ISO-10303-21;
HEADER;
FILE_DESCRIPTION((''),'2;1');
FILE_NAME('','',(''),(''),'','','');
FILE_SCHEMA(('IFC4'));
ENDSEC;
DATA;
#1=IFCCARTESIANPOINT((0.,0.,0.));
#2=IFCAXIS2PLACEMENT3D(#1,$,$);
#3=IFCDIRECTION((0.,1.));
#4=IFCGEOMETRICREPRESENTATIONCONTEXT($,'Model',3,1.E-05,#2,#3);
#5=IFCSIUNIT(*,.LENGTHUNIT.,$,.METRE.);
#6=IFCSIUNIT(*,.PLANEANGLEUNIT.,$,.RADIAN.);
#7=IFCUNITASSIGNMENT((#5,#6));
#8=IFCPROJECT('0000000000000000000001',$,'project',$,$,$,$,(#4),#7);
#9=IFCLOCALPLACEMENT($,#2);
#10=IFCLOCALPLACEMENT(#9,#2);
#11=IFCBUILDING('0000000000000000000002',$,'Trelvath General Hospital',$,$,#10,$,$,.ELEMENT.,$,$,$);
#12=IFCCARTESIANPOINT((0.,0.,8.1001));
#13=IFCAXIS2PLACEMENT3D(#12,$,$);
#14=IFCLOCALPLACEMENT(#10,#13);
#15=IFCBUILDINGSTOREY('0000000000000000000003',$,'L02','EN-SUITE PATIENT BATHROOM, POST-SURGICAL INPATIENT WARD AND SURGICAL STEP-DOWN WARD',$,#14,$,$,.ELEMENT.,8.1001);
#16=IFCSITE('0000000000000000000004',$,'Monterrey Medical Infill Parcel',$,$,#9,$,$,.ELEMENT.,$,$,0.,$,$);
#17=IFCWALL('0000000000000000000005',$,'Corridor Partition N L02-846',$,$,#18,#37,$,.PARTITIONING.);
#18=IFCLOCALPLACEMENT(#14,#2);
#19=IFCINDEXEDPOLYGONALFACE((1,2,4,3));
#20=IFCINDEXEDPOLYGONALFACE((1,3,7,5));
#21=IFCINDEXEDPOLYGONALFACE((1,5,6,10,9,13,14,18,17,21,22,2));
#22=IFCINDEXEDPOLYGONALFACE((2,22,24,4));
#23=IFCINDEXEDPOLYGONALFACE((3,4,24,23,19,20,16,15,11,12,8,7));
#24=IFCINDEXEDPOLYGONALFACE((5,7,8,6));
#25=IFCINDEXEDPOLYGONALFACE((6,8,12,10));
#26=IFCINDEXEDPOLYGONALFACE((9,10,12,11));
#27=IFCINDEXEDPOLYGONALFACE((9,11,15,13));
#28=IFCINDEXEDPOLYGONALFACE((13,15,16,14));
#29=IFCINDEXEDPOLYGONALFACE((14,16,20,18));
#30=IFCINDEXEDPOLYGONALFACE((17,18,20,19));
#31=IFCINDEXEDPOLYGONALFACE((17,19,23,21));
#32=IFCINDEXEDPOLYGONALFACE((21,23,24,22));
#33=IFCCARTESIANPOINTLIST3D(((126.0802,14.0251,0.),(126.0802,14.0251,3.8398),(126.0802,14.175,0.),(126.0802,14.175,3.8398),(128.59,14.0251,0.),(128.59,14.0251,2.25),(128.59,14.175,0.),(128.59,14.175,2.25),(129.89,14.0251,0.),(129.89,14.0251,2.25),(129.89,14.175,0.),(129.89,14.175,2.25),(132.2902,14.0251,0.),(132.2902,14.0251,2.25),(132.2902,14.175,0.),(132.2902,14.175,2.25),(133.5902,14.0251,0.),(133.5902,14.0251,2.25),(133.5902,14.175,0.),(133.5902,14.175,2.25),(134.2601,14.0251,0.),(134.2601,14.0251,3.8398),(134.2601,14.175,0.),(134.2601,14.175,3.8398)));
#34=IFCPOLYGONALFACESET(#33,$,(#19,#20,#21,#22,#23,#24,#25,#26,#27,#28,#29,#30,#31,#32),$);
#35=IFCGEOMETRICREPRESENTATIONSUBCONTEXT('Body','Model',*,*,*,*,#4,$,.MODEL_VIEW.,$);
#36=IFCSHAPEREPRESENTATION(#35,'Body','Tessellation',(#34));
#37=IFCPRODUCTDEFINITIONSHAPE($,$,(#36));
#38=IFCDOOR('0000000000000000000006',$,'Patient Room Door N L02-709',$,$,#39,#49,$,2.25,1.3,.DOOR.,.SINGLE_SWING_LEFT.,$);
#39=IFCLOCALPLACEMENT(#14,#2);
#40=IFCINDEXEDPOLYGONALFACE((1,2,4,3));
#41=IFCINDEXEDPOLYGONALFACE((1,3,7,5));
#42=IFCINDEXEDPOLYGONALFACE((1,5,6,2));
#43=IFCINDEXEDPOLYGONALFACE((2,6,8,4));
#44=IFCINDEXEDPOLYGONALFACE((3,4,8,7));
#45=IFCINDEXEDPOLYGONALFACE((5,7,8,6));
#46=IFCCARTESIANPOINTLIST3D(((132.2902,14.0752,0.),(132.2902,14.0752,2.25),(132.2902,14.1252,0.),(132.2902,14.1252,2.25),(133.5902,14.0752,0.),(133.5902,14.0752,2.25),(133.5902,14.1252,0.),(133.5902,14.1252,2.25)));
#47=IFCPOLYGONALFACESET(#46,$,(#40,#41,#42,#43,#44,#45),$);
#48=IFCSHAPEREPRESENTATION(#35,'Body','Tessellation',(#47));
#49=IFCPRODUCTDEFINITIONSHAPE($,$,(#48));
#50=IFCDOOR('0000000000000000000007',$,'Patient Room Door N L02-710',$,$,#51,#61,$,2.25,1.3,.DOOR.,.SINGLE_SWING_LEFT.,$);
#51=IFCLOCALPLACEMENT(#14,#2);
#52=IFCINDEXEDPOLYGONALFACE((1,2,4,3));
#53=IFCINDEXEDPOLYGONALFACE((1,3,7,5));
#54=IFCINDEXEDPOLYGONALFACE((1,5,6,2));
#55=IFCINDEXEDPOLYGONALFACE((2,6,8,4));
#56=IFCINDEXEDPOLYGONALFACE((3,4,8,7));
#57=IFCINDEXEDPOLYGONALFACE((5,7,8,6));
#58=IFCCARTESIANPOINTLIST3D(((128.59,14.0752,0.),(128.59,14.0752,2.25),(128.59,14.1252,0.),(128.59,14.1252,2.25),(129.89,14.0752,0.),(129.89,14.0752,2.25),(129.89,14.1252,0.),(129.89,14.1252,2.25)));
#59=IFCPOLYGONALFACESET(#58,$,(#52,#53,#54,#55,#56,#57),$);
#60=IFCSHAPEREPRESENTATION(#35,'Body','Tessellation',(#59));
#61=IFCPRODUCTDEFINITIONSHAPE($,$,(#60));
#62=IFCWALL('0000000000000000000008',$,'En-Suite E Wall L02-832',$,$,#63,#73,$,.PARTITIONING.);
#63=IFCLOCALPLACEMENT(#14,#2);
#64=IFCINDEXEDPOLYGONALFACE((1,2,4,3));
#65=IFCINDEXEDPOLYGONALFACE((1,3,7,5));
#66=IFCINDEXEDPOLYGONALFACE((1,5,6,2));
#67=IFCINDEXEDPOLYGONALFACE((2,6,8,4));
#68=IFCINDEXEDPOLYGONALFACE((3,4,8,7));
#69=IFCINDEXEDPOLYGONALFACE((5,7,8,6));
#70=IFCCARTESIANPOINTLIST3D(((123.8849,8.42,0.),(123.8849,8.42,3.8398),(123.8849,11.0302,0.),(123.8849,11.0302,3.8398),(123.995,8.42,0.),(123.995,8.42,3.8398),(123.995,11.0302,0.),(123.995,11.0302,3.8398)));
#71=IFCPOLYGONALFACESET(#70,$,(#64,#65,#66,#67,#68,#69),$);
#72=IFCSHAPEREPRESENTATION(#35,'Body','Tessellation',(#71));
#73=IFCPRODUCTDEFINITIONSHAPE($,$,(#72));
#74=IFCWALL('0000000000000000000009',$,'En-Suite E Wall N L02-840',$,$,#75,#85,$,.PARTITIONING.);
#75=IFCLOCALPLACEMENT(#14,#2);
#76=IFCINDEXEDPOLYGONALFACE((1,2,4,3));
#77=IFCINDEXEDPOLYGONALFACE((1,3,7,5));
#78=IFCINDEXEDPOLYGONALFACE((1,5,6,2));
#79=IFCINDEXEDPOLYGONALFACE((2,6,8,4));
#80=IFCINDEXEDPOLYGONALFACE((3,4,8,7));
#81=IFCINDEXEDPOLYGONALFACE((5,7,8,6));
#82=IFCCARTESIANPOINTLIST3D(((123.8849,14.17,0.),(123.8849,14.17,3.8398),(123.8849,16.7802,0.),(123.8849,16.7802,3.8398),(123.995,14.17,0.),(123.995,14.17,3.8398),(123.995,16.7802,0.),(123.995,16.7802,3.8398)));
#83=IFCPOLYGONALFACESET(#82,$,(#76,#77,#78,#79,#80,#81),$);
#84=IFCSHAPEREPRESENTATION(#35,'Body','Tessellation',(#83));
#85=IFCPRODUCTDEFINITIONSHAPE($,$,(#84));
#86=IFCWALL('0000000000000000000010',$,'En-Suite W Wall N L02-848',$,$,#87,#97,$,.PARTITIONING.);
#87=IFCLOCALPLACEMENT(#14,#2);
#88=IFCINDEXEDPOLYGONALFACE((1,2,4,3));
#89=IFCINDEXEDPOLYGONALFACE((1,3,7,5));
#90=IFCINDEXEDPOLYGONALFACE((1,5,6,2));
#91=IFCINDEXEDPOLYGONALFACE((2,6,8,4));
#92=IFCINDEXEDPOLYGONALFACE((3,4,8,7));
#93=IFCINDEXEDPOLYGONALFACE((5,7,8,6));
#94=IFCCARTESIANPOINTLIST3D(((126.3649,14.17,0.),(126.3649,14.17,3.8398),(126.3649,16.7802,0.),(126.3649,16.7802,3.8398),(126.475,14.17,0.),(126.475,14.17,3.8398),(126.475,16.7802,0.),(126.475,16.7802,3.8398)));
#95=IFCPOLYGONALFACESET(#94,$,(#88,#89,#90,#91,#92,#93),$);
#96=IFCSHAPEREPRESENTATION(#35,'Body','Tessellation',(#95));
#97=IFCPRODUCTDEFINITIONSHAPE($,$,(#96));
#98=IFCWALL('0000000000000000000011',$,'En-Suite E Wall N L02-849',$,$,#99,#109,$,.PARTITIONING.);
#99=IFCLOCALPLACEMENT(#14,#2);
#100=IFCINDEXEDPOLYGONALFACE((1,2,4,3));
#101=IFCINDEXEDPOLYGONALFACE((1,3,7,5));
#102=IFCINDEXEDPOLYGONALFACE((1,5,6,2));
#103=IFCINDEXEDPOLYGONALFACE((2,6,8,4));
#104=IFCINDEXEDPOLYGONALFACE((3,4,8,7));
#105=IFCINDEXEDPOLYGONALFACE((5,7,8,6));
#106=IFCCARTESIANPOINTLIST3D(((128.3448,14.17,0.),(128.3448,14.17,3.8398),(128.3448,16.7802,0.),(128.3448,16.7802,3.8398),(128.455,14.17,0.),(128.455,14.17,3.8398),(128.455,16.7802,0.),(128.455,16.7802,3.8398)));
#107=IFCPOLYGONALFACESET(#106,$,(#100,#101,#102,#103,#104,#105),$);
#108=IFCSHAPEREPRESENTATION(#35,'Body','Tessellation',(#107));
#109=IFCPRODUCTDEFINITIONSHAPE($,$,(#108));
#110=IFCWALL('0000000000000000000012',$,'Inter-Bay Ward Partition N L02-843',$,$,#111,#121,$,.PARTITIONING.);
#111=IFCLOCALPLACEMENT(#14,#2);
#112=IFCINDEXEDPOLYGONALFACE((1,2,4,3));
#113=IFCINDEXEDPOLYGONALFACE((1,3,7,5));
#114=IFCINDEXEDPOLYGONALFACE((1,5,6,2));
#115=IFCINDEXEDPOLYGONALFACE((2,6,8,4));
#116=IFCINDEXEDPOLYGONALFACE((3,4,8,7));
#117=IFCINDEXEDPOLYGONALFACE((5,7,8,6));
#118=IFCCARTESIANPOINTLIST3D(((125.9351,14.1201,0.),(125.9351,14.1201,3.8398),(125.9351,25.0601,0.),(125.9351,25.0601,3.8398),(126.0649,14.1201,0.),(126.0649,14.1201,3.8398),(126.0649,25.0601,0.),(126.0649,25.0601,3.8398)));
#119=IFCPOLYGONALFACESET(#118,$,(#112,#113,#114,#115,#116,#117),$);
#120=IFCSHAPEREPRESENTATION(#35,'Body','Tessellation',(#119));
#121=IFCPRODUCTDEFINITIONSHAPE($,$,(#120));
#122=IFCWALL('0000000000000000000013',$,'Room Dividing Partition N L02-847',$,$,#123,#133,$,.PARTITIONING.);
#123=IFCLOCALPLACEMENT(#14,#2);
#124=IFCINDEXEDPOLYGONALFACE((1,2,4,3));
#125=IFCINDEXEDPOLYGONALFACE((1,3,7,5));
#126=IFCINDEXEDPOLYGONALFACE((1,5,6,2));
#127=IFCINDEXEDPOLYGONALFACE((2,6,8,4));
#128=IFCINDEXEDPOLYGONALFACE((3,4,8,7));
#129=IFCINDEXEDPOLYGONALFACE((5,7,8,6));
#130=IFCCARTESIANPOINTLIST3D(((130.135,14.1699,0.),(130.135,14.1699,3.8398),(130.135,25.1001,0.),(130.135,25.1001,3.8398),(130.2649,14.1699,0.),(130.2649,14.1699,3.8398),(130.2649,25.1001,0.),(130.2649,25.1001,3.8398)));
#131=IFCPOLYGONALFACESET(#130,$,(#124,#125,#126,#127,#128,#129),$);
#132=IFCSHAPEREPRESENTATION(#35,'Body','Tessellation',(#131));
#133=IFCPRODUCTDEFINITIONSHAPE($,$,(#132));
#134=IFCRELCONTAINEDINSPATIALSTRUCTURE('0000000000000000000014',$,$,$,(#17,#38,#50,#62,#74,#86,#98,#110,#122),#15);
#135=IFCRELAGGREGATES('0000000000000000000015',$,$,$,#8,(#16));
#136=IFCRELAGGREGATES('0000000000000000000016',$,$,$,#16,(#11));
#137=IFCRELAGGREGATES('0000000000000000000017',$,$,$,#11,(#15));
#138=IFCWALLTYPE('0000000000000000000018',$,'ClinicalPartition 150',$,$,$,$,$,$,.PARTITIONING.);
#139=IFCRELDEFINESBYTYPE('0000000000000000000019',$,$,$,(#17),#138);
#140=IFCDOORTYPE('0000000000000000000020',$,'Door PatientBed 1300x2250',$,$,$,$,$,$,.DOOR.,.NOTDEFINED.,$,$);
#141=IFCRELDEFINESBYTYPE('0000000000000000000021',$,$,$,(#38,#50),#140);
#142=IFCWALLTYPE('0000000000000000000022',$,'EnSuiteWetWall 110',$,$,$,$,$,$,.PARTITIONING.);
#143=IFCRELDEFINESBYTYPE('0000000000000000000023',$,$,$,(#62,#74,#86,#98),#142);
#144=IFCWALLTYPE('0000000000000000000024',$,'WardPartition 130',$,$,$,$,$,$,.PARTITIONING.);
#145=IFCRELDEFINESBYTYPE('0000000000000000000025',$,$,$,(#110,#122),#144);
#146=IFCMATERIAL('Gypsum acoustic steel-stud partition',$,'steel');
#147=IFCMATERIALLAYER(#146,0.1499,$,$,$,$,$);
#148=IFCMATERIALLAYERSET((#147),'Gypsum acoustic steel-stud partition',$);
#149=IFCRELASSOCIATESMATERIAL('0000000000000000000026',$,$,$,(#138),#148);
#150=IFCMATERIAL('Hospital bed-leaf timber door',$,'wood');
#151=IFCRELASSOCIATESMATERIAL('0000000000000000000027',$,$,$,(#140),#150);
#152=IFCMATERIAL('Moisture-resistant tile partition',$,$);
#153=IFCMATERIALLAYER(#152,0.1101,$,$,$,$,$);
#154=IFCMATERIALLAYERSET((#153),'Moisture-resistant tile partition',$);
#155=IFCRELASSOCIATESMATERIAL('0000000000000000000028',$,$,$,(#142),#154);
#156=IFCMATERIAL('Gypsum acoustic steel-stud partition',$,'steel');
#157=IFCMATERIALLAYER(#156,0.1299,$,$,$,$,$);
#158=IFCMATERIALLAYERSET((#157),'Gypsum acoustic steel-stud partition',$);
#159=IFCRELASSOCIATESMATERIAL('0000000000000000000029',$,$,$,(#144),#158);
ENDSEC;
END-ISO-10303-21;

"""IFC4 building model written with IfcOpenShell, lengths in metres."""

from ifc_helpers import new_model, si_unit, direction, frame, frame_2d, origin, place, context, subcontext, project, spatial, rectangle, extrude, material, layer, layer_set, type_object, element, fill, save


model = new_model("IFC4")

# Units and contexts
model_context = context("Model", 3, precision=1e-05, world=origin(), true_north=direction((0.0, 1.0)))
body_context = subcontext(model_context, "Body", "Model", "MODEL_VIEW")
ifc_project = project(units=[si_unit("LENGTHUNIT", "METRE"), si_unit("PLANEANGLEUNIT", "RADIAN")], contexts=[model_context])

# Site, building, storey
site_placement = place(None, origin())
site = spatial("IfcSite", under=ifc_project, at=site_placement, Name="Monterrey Medical Infill Parcel", CompositionType="ELEMENT", RefElevation=0.0)
building_placement = place(site_placement, origin())
building = spatial("IfcBuilding", under=site, at=building_placement, Name="Trelvath General Hospital", CompositionType="ELEMENT")
storey_placement = place(building_placement, frame((0.0, 0.0, 8.1001)))
storey = spatial("IfcBuildingStorey", under=building, at=storey_placement, Name="L02", Description="EN-SUITE PATIENT BATHROOM, POST-SURGICAL INPATIENT WARD AND SURGICAL STEP-DOWN WARD", CompositionType="ELEMENT", Elevation=8.1001)

# Shared definitions
ifc_material_1 = material(Name="Gypsum acoustic steel-stud partition", Category="steel")
ifc_layer_1 = layer(ifc_material_1, 0.1499)
ifc_layer_set_1 = layer_set([ifc_layer_1], Name="Gypsum acoustic steel-stud partition")
wall_type_1 = type_object("IfcWallType", Name="ClinicalPartition 150", PredefinedType="PARTITIONING", material=ifc_layer_set_1)
ifc_material_2 = material(Name="Hospital bed-leaf timber door", Category="wood")
door_type_1 = type_object("IfcDoorType", Name="Door PatientBed 1300x2250", OperationType="NOTDEFINED", PredefinedType="DOOR", material=ifc_material_2)

# Wall, openings, doors
wall_1_placement = place(storey_placement, frame((134.26, 14.1001, 0.0), z_axis=(0.0, 0.0, 1.0), x_axis=(-1.0, 0.0, 0.0)))
wall_1 = element("IfcWall", 1, at=wall_1_placement, inside=storey, type_object=wall_type_1, Name="Corridor Partition N L02-846", PredefinedType="PARTITIONING", context=body_context, shape_type="SweptSolid", body=[
    extrude(rectangle(XDim=8.1799, YDim=0.1499, at=frame_2d((4.0898, 0.0))), origin(), (0.0, 0.0, 1.0), 3.8398),
])
opening_1_placement = place(wall_1_placement, frame((0.6699, 0.0, 0.0)))
opening_1 = element("IfcOpeningElement", 2, at=opening_1_placement, cuts=wall_1, PredefinedType="OPENING", context=body_context, shape_type="SweptSolid", body=[
    extrude(rectangle(XDim=1.3, YDim=2.25, at=frame_2d((0.6499, 1.125))), frame((0.0, 0.085, 0.0), z_axis=(0.0, -1.0, 0.0), x_axis=(1.0, 0.0, 0.0)), (0.0, 0.0, 1.0), 0.1699),
])
opening_2_placement = place(wall_1_placement, frame((4.3701, 0.0, 0.0)))
opening_2 = element("IfcOpeningElement", 3, at=opening_2_placement, cuts=wall_1, PredefinedType="OPENING", context=body_context, shape_type="SweptSolid", body=[
    extrude(rectangle(XDim=1.3, YDim=2.25, at=frame_2d((0.6499, 1.125))), frame((0.0, 0.085, 0.0), z_axis=(0.0, -1.0, 0.0), x_axis=(1.0, 0.0, 0.0)), (0.0, 0.0, 1.0), 0.1699),
])
door_1_placement = place(opening_1_placement, origin())
door_1 = element("IfcDoor", 4, at=door_1_placement, inside=storey, type_object=door_type_1, Name="Patient Room Door N L02-709", OperationType="SINGLE_SWING_LEFT", OverallHeight=2.25, OverallWidth=1.3, PredefinedType="DOOR", context=body_context, shape_type="SweptSolid", body=[
    extrude(rectangle(XDim=1.3, YDim=2.25, at=frame_2d((0.6499, 1.125))), frame((0.0, 0.0249, 0.0), z_axis=(0.0, -1.0, 0.0), x_axis=(1.0, 0.0, 0.0)), (0.0, 0.0, 1.0), 0.05),
])
fill(opening_1, door_1)
door_2_placement = place(opening_2_placement, origin())
door_2 = element("IfcDoor", 5, at=door_2_placement, inside=storey, type_object=door_type_1, Name="Patient Room Door N L02-710", OperationType="SINGLE_SWING_LEFT", OverallHeight=2.25, OverallWidth=1.3, PredefinedType="DOOR", context=body_context, shape_type="SweptSolid", body=[
    extrude(rectangle(XDim=1.3, YDim=2.25, at=frame_2d((0.6499, 1.125))), frame((0.0, 0.0249, 0.0), z_axis=(0.0, -1.0, 0.0), x_axis=(1.0, 0.0, 0.0)), (0.0, 0.0, 1.0), 0.05),
])
fill(opening_2, door_2)

# Walls
ifc_material_3 = material(Name="Moisture-resistant tile partition")
ifc_layer_2 = layer(ifc_material_3, 0.1101)
ifc_layer_set_2 = layer_set([ifc_layer_2], Name="Moisture-resistant tile partition")
wall_type_2 = type_object("IfcWallType", Name="EnSuiteWetWall 110", PredefinedType="PARTITIONING", material=ifc_layer_set_2)
for number, where, z_axis, x_axis, name in (
    (6, (123.9399, 8.4199, 0.0), (0.0, 0.0, 1.0), (0.0, 1.0, 0.0), "En-Suite E Wall L02-832"),
    (7, (123.9399, 14.1699, 0.0), (0.0, 0.0, 1.0), (0.0, 1.0, 0.0), "En-Suite E Wall N L02-840"),
    (8, (126.4199, 14.1699, 0.0), (0.0, 0.0, 1.0), (0.0, 1.0, 0.0), "En-Suite W Wall N L02-848"),
    (9, (128.3999, 14.1699, 0.0), (0.0, 0.0, 1.0), (0.0, 1.0, 0.0), "En-Suite E Wall N L02-849"),
):
    element("IfcWall", number, at=place(storey_placement, frame(where, z_axis=z_axis, x_axis=x_axis)), inside=storey, type_object=wall_type_2, Name=name, PredefinedType="PARTITIONING", context=body_context, shape_type="SweptSolid", body=[
        extrude(rectangle(XDim=2.6101, YDim=0.1101, at=frame_2d((1.3052, 0.0))), origin(), (0.0, 0.0, 1.0), 3.8398),
    ])
ifc_material_4 = material(Name="Gypsum acoustic steel-stud partition", Category="steel")
ifc_layer_3 = layer(ifc_material_4, 0.1299)
ifc_layer_set_3 = layer_set([ifc_layer_3], Name="Gypsum acoustic steel-stud partition")
wall_type_3 = type_object("IfcWallType", Name="WardPartition 130", PredefinedType="PARTITIONING", material=ifc_layer_set_3)
wall_2_placement = place(storey_placement, frame((126.0, 14.1201, 0.0), z_axis=(0.0, 0.0, 1.0), x_axis=(0.0, 1.0, 0.0)))
element("IfcWall", 10, at=wall_2_placement, inside=storey, type_object=wall_type_3, Name="Inter-Bay Ward Partition N L02-843", PredefinedType="PARTITIONING", context=body_context, shape_type="SweptSolid", body=[
    extrude(rectangle(XDim=10.9399, YDim=0.1299, at=frame_2d((5.47, 0.0))), origin(), (0.0, 0.0, 1.0), 3.8398),
])
wall_3_placement = place(storey_placement, frame((130.2, 14.1699, 0.0), z_axis=(0.0, 0.0, 1.0), x_axis=(0.0, 1.0, 0.0)))
element("IfcWall", 11, at=wall_3_placement, inside=storey, type_object=wall_type_3, Name="Room Dividing Partition N L02-847", PredefinedType="PARTITIONING", context=body_context, shape_type="SweptSolid", body=[
    extrude(rectangle(XDim=10.9302, YDim=0.1299, at=frame_2d((5.4651, 0.0))), origin(), (0.0, 0.0, 1.0), 3.8398),
])

save(model, "model.ifc")
